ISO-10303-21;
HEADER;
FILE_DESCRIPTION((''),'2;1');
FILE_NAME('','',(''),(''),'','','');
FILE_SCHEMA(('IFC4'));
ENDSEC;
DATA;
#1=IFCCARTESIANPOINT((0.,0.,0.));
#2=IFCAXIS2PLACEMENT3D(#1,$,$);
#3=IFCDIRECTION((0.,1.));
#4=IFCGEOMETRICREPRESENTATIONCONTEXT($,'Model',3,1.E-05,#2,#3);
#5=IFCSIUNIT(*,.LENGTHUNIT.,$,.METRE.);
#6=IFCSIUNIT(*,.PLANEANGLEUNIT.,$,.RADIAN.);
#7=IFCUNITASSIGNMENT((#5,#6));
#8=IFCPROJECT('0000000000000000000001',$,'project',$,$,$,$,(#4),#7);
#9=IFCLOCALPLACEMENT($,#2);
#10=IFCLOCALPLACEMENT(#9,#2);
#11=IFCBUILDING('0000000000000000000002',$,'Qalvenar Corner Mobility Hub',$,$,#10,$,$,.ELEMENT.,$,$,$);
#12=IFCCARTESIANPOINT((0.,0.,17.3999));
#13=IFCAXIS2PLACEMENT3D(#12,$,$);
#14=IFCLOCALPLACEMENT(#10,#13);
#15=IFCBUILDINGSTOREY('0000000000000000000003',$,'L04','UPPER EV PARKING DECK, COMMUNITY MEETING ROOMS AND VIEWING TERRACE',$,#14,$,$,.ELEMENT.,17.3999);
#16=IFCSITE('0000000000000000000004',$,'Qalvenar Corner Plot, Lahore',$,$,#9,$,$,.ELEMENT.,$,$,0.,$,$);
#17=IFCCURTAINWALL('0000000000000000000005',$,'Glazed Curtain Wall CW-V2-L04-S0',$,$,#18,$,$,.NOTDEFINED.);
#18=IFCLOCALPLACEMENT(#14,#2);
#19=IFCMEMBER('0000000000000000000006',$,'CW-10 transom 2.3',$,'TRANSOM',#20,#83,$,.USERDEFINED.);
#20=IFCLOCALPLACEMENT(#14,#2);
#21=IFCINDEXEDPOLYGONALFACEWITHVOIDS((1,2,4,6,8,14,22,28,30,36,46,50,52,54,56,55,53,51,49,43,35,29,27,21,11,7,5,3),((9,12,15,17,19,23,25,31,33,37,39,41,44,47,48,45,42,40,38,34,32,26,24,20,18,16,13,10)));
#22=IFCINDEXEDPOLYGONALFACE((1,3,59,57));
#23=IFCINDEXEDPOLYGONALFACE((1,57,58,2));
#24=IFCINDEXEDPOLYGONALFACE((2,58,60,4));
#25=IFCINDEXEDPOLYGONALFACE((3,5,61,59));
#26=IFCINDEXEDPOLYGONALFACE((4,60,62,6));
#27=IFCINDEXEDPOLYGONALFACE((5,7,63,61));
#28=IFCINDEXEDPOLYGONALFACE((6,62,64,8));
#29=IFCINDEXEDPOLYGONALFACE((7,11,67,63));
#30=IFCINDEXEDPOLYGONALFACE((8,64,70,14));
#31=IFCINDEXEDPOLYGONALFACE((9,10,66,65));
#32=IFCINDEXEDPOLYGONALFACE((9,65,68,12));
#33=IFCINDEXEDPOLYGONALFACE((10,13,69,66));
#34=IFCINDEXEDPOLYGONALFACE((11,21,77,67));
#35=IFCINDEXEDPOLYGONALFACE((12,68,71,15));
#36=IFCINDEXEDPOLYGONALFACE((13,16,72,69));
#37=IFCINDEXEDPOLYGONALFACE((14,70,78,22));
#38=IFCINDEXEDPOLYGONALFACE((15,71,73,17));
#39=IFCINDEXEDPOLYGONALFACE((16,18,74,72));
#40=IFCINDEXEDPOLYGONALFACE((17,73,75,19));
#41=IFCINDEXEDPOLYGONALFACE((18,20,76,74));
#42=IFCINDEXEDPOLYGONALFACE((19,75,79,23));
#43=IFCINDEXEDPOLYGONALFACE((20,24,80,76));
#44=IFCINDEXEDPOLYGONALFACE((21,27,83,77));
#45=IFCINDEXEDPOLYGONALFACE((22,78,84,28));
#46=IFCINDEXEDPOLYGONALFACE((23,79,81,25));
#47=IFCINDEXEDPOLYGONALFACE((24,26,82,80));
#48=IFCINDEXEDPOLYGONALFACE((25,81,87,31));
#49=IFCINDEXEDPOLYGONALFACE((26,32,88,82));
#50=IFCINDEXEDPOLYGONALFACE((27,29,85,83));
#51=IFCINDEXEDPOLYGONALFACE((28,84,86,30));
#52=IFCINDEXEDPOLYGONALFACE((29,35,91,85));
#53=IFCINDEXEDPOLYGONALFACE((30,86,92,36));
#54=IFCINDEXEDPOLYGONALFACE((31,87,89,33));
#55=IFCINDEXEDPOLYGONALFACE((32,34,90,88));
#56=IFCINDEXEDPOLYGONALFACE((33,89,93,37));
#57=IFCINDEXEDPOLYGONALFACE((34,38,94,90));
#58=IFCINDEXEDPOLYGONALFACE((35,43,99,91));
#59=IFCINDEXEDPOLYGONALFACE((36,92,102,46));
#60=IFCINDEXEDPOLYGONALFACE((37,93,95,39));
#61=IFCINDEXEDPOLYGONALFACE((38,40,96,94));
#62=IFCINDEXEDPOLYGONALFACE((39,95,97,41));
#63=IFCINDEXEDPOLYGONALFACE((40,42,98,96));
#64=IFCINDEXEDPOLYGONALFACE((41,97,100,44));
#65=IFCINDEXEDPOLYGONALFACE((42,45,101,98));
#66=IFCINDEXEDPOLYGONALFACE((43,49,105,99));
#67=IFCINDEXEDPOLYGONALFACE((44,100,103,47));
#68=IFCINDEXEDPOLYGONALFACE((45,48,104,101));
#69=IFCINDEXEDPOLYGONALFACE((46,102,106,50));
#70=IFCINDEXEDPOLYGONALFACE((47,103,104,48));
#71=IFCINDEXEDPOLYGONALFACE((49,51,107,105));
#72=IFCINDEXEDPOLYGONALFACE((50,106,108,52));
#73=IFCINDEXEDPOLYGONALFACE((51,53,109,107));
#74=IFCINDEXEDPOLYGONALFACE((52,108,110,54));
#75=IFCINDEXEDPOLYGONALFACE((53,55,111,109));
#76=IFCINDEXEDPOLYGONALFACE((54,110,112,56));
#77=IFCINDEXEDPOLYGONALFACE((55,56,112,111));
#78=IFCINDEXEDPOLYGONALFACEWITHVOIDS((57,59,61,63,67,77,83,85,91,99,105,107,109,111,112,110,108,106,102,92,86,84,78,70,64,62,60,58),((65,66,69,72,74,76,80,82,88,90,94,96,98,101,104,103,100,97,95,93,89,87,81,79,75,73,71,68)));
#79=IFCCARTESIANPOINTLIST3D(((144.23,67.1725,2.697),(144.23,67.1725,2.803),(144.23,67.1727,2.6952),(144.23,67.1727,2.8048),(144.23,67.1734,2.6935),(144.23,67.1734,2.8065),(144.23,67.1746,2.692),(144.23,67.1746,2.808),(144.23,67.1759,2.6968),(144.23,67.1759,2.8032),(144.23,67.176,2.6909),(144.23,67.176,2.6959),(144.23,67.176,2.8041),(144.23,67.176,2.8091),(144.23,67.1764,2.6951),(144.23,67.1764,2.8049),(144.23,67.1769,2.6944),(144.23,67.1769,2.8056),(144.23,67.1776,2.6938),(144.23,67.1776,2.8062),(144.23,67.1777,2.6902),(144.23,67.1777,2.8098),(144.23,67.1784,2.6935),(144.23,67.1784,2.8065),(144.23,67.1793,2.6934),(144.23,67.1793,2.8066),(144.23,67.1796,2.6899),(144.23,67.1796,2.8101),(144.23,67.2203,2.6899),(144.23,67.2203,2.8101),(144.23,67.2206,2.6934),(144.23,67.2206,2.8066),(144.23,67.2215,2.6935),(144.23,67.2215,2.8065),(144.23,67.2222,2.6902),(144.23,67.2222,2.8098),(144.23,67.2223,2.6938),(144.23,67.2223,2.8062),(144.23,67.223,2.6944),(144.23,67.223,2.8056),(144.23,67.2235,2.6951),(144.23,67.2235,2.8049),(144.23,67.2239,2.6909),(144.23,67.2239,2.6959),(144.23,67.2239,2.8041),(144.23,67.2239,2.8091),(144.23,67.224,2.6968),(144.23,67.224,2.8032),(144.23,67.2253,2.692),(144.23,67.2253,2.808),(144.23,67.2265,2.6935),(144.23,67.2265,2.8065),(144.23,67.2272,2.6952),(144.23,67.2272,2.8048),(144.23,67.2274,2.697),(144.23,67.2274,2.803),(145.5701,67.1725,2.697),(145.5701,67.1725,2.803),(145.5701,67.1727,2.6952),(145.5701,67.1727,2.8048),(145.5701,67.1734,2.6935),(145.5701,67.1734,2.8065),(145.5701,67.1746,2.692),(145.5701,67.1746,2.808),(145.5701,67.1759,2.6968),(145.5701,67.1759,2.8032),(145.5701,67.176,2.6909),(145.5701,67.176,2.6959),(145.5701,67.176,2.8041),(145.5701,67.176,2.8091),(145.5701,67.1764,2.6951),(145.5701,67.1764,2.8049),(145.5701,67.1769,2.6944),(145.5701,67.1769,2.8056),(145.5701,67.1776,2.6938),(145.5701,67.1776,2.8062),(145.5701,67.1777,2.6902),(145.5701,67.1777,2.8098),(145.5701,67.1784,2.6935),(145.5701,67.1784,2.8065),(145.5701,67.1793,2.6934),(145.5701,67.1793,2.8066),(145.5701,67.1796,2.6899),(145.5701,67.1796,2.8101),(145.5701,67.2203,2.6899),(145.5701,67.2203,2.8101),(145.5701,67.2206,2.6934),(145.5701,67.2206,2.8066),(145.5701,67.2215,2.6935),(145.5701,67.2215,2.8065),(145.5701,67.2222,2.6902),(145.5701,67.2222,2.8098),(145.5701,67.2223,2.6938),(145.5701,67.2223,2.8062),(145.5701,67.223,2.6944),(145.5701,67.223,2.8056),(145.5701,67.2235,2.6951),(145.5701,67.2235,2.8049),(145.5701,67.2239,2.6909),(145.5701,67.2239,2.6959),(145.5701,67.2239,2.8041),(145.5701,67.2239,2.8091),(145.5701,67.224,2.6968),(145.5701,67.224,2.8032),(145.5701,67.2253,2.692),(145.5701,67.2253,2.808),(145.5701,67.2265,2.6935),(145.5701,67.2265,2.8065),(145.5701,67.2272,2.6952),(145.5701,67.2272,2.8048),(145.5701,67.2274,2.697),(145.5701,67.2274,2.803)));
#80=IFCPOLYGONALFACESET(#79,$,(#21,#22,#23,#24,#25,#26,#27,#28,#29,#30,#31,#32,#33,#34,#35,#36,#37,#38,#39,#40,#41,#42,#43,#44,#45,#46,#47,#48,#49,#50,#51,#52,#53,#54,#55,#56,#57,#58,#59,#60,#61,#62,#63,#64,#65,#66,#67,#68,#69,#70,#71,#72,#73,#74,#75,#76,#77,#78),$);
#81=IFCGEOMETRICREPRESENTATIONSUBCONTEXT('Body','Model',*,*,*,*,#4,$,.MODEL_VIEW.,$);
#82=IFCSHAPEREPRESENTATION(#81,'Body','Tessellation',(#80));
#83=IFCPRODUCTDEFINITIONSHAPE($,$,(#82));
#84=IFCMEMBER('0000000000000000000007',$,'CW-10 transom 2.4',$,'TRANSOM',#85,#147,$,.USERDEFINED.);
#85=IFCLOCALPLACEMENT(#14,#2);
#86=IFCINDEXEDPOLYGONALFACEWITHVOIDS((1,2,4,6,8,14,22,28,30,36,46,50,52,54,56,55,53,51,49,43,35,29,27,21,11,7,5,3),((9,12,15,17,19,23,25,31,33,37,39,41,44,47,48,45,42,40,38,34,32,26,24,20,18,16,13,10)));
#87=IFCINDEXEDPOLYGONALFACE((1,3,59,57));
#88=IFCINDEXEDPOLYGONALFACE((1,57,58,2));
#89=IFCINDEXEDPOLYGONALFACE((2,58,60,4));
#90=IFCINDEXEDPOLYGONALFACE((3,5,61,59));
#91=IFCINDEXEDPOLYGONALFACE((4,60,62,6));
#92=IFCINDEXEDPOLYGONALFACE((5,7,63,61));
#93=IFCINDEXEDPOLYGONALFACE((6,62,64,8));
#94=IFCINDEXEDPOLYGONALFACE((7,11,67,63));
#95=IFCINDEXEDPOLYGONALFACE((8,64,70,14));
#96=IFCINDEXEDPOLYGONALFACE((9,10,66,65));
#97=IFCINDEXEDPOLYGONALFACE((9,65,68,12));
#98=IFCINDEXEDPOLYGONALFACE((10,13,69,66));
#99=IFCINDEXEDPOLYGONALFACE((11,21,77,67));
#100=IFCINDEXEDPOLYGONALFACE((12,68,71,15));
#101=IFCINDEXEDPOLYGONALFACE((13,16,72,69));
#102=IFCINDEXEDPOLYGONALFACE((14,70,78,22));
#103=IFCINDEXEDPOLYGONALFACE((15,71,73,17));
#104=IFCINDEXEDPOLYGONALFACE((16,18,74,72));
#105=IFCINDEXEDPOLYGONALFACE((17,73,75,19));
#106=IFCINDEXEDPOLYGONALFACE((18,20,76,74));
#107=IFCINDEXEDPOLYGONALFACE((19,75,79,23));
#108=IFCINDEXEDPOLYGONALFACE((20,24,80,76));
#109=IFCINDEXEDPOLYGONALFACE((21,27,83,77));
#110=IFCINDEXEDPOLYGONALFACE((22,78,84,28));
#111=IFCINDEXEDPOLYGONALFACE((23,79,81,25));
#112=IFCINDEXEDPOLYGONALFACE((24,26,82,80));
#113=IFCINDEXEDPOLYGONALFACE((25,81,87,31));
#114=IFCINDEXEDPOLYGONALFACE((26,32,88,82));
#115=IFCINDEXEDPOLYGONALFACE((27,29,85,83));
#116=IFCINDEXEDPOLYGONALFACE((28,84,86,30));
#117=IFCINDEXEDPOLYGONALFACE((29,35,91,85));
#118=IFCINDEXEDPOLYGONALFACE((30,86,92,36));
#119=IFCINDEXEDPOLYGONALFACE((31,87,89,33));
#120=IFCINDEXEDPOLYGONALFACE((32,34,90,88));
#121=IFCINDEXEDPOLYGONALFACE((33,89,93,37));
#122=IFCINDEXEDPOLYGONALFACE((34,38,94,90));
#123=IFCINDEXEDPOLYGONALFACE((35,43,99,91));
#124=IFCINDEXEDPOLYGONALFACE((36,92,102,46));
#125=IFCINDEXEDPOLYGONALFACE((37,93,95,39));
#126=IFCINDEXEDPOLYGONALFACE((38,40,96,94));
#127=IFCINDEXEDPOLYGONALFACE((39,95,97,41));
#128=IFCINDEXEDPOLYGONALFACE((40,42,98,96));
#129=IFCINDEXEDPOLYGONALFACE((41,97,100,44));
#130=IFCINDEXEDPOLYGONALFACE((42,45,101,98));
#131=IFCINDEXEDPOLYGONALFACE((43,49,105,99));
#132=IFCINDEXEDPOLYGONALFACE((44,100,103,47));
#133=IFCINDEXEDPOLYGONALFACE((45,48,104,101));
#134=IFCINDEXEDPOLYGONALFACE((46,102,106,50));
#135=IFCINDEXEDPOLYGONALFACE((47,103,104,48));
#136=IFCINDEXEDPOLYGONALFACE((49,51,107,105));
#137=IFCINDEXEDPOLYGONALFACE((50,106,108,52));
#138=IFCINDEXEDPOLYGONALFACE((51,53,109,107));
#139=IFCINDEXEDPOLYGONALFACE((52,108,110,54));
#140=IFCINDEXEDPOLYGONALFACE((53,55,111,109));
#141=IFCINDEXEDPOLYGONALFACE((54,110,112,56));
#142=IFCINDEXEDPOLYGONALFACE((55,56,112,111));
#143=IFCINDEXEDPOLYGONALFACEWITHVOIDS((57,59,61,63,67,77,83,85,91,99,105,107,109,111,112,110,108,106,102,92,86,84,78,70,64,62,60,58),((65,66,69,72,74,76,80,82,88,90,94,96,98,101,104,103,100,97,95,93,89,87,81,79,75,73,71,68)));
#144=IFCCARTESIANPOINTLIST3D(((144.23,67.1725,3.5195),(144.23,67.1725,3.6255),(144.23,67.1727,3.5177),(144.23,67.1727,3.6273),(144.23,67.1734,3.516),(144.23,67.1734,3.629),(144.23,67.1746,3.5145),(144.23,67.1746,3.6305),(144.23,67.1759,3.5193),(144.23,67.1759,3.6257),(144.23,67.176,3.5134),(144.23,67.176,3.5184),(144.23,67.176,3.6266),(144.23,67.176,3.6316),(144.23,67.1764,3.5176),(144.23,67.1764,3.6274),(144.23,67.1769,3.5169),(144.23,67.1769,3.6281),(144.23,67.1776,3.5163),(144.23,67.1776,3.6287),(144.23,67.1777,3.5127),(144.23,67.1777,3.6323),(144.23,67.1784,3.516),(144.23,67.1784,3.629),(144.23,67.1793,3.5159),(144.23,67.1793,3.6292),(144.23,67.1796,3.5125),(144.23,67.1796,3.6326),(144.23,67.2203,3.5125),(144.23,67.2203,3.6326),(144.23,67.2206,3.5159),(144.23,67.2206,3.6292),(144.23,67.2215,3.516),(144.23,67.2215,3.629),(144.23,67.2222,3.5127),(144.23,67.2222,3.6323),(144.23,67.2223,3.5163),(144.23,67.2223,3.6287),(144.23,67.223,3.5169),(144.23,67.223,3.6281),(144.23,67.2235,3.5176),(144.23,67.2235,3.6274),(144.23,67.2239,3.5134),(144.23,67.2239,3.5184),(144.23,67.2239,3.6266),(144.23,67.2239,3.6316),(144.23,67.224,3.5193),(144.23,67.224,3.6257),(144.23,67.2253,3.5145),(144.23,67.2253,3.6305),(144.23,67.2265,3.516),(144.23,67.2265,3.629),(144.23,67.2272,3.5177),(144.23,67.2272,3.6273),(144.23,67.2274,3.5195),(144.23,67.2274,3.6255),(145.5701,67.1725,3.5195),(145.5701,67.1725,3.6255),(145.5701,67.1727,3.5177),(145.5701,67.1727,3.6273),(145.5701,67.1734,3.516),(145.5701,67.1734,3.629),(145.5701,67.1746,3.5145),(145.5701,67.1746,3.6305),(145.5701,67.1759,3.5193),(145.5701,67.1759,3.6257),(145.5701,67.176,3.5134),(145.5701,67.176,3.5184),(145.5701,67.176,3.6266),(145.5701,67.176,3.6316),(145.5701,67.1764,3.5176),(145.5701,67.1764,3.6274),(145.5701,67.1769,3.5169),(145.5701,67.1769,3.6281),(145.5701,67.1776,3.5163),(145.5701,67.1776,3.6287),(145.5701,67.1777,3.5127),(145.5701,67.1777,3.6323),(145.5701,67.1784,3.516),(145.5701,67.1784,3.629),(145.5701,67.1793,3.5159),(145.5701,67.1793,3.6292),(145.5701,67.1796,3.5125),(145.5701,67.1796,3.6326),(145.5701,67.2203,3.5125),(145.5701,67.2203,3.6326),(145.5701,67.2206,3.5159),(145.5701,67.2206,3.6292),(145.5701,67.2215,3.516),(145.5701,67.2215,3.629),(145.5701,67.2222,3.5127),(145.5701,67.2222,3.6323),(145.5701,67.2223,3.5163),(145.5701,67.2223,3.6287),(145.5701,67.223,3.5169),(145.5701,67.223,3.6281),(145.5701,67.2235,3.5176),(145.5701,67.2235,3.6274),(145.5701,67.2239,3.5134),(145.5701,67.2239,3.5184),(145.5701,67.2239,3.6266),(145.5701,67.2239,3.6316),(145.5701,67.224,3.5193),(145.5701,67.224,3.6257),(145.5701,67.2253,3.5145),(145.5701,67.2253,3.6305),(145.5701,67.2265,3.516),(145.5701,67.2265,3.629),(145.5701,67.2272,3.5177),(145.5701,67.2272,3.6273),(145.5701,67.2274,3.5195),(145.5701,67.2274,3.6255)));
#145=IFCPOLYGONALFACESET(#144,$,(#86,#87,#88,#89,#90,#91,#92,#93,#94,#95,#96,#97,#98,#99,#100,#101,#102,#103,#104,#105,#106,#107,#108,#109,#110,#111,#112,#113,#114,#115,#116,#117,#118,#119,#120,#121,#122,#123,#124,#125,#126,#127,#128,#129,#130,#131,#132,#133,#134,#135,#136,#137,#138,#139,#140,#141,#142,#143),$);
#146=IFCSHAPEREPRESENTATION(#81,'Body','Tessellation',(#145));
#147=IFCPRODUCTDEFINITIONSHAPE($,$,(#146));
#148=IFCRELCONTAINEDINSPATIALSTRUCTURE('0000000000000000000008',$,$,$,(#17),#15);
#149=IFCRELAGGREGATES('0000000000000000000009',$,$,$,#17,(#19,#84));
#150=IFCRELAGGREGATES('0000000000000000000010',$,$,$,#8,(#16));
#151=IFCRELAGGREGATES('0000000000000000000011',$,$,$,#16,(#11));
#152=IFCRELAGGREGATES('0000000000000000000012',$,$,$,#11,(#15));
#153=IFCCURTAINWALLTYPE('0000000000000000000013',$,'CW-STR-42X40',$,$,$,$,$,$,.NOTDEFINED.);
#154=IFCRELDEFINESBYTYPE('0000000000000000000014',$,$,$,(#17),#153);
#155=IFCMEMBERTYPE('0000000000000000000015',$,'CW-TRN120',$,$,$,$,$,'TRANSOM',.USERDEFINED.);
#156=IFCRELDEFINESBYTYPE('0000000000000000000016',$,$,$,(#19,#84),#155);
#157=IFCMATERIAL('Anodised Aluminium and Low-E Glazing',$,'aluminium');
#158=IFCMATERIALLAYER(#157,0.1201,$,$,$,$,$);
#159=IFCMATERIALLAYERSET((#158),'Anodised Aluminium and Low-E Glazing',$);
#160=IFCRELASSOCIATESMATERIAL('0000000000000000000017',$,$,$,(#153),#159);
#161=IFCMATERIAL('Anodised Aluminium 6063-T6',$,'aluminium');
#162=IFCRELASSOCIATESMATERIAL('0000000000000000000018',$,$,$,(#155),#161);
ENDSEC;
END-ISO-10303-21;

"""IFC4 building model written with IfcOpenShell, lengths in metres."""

from ifc_helpers import new_model, si_unit, direction, frame, origin, origin_2d, place, context, subcontext, project, spatial, hollow_rectangle, extrude, material, layer, layer_set, material_profile, profile_set, type_object, element, aggregate, save


model = new_model("IFC4")

# Units and contexts
model_context = context("Model", 3, precision=1e-05, world=origin(), true_north=direction((0.0, 1.0)))
body_context = subcontext(model_context, "Body", "Model", "MODEL_VIEW")
ifc_project = project(units=[si_unit("LENGTHUNIT", "METRE"), si_unit("PLANEANGLEUNIT", "RADIAN")], contexts=[model_context])

# Site, building, storey
site_placement = place(None, origin())
site = spatial("IfcSite", under=ifc_project, at=site_placement, Name="Qalvenar Corner Plot, Lahore", CompositionType="ELEMENT", RefElevation=0.0)
building_placement = place(site_placement, origin())
building = spatial("IfcBuilding", under=site, at=building_placement, Name="Qalvenar Corner Mobility Hub", CompositionType="ELEMENT")
storey_placement = place(building_placement, frame((0.0, 0.0, 17.3999)))
storey = spatial("IfcBuildingStorey", under=building, at=storey_placement, Name="L04", Description="UPPER EV PARKING DECK, COMMUNITY MEETING ROOMS AND VIEWING TERRACE", CompositionType="ELEMENT", Elevation=17.3999)

# Curtain wall, members
ifc_material_1 = material(Name="Anodised Aluminium and Low-E Glazing", Category="aluminium")
ifc_layer_1 = layer(ifc_material_1, 0.1201)
ifc_layer_set_1 = layer_set([ifc_layer_1], Name="Anodised Aluminium and Low-E Glazing")
curtain_wall_type = type_object("IfcCurtainWallType", Name="CW-STR-42X40", PredefinedType="NOTDEFINED", material=ifc_layer_set_1)
curtain_wall_placement = place(storey_placement, origin())
curtain_wall = element("IfcCurtainWall", 1, at=curtain_wall_placement, inside=storey, type_object=curtain_wall_type, Name="Glazed Curtain Wall CW-V2-L04-S0", PredefinedType="NOTDEFINED")
ifc_material_2 = material(Name="Anodised Aluminium 6063-T6", Category="aluminium")
ifc_material_profile_1 = material_profile(ifc_material_2, hollow_rectangle(XDim=0.0549, YDim=0.1201, WallThickness=0.0034, InnerFilletRadius=0.0034, OuterFilletRadius=0.0071, at=origin_2d()), Name="RHS120x55x3.5")
ifc_profile_set_1 = profile_set([ifc_material_profile_1], Name="Anodised Aluminium 6063-T6")
member_type_1 = type_object("IfcMemberType", Name="CW-TRN120", ElementType="TRANSOM", PredefinedType="USERDEFINED", material=ifc_profile_set_1)
member_1_placement = place(storey_placement, frame((144.23, 67.2, 2.75), z_axis=(1.0, 0.0, 0.0), x_axis=(0.0, 1.0, 0.0)))
member_1 = element("IfcMember", 2, at=member_1_placement, type_object=member_type_1, Name="CW-10 transom 2.3", ObjectType="TRANSOM", PredefinedType="USERDEFINED", context=body_context, shape_type="SweptSolid", body=[
    extrude(hollow_rectangle(XDim=0.0549, YDim=0.1201, WallThickness=0.0034, InnerFilletRadius=0.0034, OuterFilletRadius=0.0071, at=origin_2d()), origin(), (0.0, 0.0, 1.0), 1.3401),
])
member_2_placement = place(storey_placement, frame((144.23, 67.2, 3.5725), z_axis=(1.0, 0.0, 0.0), x_axis=(0.0, 1.0, 0.0)))
member_2 = element("IfcMember", 3, at=member_2_placement, type_object=member_type_1, Name="CW-10 transom 2.4", ObjectType="TRANSOM", PredefinedType="USERDEFINED", context=body_context, shape_type="SweptSolid", body=[
    extrude(hollow_rectangle(XDim=0.0549, YDim=0.1201, WallThickness=0.0034, InnerFilletRadius=0.0034, OuterFilletRadius=0.0071, at=origin_2d()), origin(), (0.0, 0.0, 1.0), 1.3401),
])
aggregate(curtain_wall, [member_1, member_2])

save(model, "model.ifc")
